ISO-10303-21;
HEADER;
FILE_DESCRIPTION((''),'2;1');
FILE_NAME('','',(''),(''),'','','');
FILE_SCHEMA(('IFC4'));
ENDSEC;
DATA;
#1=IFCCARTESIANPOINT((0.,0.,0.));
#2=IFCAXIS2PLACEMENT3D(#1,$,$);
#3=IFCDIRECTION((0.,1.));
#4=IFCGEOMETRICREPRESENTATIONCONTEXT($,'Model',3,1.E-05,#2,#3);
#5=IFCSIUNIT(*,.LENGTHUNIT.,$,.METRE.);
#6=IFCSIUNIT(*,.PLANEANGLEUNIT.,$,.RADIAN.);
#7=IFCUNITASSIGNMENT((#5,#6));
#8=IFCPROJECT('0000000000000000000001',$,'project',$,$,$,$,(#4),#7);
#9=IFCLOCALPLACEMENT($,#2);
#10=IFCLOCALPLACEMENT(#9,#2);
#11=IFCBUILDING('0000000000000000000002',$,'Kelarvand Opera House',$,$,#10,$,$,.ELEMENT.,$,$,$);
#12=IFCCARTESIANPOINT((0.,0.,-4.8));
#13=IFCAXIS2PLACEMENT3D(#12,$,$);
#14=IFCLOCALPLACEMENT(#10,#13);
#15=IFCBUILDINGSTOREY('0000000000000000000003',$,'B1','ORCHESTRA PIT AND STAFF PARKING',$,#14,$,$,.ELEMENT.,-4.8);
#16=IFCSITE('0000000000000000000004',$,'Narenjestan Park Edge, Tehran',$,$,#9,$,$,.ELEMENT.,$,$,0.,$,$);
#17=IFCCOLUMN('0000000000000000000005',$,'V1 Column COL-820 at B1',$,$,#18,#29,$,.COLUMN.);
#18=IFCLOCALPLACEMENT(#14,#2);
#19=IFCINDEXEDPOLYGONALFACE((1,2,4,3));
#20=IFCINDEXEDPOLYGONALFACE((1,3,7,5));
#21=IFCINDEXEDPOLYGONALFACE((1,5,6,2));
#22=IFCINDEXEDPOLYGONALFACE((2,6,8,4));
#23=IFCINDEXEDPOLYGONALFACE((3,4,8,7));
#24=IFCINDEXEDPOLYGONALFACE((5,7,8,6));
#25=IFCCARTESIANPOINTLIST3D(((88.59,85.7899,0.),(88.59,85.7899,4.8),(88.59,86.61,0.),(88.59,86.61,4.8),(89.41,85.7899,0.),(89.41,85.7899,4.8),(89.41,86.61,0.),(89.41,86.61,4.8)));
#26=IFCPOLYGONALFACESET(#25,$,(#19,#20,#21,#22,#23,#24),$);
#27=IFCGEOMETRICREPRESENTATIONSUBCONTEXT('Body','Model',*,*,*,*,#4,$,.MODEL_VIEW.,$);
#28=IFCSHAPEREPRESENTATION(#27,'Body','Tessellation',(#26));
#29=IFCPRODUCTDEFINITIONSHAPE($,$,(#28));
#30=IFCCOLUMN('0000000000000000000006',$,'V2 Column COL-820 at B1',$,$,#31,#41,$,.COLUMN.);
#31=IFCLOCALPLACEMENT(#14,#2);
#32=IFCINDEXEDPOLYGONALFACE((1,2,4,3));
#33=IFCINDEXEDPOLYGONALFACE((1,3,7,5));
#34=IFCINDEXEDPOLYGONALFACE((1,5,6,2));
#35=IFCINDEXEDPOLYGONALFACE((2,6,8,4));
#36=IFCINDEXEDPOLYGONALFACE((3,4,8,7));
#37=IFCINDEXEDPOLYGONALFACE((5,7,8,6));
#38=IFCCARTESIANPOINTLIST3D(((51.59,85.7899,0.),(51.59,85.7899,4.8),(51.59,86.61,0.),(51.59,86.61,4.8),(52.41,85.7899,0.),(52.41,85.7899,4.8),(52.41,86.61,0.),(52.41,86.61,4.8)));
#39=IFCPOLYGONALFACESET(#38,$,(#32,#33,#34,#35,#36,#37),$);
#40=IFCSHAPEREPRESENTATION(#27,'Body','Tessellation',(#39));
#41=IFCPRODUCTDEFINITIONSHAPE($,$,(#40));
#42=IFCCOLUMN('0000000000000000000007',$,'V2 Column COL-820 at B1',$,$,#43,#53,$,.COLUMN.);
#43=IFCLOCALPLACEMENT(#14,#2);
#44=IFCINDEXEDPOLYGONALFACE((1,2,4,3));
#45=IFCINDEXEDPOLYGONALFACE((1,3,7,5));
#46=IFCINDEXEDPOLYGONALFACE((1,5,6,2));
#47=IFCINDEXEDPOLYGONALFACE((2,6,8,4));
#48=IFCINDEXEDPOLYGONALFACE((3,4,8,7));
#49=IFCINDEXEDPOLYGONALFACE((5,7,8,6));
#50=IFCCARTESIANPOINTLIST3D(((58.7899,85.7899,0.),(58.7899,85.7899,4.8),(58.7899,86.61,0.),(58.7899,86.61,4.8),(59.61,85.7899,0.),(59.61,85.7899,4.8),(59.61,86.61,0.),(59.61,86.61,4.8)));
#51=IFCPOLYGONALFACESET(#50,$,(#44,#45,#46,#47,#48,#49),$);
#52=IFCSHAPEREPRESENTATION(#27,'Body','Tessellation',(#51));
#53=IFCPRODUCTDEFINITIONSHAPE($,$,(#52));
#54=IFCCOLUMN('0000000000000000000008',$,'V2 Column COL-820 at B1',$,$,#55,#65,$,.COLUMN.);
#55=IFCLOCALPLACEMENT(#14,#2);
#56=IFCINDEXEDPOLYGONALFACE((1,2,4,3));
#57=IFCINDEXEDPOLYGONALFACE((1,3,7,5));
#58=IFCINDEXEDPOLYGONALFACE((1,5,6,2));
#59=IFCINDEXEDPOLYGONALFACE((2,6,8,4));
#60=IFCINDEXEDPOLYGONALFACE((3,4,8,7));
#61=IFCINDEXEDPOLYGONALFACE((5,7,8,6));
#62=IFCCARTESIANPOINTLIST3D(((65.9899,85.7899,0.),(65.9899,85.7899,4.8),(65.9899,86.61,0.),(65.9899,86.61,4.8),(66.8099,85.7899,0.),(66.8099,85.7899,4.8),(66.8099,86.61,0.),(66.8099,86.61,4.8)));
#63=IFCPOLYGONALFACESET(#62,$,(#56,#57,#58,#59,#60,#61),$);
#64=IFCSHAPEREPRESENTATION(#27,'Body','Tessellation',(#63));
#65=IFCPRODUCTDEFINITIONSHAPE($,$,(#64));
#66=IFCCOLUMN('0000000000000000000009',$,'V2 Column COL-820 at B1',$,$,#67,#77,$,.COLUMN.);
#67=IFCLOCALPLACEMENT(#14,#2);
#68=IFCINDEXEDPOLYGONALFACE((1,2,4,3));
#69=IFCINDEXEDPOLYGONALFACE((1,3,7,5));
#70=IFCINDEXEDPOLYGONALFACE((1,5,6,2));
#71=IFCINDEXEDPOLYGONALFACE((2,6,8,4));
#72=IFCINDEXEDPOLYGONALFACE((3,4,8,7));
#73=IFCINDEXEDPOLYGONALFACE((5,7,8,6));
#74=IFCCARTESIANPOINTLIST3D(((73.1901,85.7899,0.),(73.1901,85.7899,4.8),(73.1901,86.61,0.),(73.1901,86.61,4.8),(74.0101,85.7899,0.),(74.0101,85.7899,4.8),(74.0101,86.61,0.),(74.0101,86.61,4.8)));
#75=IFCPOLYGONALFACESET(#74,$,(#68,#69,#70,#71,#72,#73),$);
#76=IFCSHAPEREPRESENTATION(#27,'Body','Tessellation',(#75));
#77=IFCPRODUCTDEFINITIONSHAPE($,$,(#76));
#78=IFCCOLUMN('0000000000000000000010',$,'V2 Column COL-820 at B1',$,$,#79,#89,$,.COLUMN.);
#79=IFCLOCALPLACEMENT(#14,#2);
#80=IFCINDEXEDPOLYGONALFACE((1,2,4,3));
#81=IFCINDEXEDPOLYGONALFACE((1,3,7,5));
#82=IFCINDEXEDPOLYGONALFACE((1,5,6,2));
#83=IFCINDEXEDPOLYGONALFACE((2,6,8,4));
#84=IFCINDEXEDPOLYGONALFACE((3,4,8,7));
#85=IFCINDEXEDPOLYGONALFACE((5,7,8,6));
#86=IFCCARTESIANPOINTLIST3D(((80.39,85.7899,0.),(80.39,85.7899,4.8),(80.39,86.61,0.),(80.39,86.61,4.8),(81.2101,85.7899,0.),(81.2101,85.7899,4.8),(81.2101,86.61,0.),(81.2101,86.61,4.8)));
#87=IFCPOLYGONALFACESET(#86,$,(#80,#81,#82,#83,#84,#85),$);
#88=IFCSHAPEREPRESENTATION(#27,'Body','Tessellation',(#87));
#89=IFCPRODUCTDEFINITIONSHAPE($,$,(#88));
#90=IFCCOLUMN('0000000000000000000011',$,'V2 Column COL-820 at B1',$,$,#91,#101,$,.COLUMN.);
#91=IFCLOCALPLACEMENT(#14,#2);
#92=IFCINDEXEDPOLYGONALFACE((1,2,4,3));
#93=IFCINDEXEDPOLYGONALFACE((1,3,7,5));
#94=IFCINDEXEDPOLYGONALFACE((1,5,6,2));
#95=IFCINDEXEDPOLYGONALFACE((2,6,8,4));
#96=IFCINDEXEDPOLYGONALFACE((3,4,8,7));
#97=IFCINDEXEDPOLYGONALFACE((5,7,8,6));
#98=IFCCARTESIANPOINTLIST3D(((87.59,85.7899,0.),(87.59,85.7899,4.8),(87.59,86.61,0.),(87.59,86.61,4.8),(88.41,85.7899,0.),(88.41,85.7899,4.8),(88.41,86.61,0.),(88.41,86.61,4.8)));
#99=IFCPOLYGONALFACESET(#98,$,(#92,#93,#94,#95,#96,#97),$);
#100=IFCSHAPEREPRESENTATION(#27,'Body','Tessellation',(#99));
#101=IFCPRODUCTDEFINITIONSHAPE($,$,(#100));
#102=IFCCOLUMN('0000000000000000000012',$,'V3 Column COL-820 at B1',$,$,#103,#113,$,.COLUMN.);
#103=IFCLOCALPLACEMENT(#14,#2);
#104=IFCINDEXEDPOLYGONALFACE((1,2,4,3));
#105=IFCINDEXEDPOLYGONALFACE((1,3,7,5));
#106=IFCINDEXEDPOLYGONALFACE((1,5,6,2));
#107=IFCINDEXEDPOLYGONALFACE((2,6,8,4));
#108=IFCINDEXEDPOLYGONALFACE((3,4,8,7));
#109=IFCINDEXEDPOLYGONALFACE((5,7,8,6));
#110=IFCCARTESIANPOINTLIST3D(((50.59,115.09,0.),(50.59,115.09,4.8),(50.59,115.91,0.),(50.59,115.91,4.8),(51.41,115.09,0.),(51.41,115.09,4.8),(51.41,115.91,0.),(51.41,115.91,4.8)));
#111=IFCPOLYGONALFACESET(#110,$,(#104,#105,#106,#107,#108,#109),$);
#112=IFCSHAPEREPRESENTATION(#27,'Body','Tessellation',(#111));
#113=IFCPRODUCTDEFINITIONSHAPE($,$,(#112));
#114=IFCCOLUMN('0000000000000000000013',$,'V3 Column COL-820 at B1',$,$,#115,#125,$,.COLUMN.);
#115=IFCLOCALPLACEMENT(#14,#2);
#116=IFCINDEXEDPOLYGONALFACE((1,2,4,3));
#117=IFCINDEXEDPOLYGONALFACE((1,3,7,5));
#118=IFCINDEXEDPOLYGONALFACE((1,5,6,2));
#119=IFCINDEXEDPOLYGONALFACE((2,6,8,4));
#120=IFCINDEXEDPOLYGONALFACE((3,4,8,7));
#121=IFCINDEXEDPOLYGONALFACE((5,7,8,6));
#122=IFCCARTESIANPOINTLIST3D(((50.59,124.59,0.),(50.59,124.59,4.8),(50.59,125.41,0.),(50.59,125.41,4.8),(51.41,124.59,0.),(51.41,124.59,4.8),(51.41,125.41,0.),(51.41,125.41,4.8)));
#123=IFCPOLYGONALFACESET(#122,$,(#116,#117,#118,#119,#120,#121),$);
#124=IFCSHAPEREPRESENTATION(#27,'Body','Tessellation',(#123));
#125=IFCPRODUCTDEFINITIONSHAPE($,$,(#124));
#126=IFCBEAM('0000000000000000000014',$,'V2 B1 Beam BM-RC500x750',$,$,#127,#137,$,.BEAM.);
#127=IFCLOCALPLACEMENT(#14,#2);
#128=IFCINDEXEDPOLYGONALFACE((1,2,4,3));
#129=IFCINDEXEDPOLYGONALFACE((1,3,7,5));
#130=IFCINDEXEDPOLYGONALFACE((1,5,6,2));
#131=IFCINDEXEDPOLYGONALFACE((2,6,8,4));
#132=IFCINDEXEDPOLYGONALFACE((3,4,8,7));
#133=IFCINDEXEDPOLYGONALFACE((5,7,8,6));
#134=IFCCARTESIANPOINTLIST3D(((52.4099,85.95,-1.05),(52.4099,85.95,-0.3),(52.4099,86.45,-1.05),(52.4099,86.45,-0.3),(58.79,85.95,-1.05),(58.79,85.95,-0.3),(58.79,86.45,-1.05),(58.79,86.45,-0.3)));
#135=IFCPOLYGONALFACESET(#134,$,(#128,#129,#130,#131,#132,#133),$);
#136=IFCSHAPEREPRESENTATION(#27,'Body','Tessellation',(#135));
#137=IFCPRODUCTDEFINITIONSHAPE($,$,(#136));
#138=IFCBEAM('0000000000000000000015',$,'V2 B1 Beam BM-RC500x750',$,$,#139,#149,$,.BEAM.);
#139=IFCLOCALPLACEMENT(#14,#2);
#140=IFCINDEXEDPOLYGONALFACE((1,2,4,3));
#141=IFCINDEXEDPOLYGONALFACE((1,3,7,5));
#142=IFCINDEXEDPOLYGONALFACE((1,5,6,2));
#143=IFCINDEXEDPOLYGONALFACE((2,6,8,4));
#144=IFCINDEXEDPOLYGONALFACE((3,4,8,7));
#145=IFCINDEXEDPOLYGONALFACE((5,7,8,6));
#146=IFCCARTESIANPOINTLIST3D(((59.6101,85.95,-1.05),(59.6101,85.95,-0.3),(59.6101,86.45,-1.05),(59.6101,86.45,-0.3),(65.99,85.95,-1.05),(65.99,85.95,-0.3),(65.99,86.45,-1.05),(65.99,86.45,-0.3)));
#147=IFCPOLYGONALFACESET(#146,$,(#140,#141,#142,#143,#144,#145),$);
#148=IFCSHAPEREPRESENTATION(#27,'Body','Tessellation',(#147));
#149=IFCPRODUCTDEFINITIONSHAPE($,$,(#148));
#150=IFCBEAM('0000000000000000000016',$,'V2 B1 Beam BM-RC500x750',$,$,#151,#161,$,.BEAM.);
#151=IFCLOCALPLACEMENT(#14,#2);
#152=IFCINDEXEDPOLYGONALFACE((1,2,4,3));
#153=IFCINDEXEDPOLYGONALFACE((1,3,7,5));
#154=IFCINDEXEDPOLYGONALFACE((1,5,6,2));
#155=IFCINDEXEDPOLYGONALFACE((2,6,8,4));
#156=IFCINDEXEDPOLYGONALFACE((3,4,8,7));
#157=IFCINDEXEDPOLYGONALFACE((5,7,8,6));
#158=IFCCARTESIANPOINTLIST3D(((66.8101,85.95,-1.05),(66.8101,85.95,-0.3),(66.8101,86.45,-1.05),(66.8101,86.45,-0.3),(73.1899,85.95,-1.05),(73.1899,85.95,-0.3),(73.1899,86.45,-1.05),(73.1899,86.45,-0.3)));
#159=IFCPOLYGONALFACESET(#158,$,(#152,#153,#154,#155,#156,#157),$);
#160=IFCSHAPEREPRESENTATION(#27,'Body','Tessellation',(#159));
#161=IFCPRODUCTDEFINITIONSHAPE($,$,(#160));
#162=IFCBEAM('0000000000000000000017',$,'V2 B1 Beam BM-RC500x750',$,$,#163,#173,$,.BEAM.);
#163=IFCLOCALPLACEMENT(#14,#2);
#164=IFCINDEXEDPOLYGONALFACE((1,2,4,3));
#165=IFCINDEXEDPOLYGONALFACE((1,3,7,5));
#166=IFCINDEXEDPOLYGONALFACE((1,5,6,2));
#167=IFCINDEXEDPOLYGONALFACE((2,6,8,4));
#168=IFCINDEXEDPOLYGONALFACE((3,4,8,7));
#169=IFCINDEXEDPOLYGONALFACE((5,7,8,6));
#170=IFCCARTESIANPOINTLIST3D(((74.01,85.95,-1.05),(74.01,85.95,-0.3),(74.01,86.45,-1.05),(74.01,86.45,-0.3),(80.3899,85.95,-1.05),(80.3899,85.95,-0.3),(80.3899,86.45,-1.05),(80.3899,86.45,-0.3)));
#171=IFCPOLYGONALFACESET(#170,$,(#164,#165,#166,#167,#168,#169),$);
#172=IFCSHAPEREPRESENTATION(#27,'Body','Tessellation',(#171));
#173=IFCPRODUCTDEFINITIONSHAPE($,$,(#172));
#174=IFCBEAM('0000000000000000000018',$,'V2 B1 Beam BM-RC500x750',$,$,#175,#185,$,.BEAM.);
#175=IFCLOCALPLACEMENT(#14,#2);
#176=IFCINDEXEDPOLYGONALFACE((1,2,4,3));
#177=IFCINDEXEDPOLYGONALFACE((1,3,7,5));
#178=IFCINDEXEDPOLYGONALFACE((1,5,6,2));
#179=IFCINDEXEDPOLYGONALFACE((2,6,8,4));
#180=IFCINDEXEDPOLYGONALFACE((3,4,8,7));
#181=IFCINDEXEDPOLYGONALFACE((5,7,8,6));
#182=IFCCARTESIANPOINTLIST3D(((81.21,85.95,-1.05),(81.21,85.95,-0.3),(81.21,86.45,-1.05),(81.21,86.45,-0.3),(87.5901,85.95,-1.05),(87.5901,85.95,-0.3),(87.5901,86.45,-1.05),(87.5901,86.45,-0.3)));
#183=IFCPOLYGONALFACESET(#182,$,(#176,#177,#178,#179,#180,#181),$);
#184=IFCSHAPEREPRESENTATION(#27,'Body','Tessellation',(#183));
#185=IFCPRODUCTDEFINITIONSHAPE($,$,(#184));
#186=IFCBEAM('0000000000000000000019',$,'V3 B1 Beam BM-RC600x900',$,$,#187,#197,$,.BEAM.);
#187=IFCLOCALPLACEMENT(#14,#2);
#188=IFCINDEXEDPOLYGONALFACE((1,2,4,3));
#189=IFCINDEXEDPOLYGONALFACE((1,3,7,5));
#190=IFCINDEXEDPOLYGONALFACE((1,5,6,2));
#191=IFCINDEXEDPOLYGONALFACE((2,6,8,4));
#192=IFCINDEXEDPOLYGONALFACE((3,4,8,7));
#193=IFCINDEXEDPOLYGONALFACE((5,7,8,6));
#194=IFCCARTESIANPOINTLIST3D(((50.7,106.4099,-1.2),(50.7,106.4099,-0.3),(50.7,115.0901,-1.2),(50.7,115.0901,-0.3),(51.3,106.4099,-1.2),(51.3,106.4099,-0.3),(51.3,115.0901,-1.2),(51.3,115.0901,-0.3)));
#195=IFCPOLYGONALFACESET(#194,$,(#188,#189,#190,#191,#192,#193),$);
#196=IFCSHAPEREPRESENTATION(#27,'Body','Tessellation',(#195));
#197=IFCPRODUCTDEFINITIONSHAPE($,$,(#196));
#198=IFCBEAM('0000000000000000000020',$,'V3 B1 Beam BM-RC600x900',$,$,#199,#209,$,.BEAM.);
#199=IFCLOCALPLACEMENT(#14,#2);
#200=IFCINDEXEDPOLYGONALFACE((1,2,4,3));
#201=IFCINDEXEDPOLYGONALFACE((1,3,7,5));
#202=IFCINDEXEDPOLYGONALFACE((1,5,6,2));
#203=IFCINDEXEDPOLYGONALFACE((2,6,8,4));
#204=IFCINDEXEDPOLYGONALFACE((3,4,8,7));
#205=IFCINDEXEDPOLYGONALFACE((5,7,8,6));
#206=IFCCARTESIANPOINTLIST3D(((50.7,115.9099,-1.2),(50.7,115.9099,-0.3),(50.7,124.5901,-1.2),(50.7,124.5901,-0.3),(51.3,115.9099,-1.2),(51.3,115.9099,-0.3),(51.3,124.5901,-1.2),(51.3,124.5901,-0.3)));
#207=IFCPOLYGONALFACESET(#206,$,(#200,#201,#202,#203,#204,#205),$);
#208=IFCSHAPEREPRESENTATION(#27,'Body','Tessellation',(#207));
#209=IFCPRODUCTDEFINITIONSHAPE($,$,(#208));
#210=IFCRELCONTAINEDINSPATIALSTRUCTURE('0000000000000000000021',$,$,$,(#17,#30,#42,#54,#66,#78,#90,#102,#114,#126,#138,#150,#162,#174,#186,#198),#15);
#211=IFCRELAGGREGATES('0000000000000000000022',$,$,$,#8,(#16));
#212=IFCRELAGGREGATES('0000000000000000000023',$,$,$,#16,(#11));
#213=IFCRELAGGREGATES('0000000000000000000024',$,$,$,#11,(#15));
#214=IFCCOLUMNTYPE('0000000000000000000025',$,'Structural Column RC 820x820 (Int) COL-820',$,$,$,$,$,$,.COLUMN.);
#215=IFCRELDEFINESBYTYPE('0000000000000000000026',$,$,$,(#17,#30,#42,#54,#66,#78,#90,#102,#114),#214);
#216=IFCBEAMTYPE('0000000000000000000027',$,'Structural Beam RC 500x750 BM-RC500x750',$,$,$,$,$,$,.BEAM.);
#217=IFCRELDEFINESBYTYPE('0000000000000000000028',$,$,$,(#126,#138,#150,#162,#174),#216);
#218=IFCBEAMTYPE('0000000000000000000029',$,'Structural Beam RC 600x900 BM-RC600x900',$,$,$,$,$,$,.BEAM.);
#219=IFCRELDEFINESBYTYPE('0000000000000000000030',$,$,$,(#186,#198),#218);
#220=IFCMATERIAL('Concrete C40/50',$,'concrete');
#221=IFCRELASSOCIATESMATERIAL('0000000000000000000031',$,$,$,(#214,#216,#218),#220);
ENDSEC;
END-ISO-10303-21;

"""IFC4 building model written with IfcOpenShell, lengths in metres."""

from ifc_helpers import new_model, si_unit, direction, frame, origin, origin_2d, place, context, subcontext, project, spatial, rectangle, extrude, material, material_profile, profile_set, type_object, element, save


model = new_model("IFC4")

# Units and contexts
model_context = context("Model", 3, precision=1e-05, world=origin(), true_north=direction((0.0, 1.0)))
body_context = subcontext(model_context, "Body", "Model", "MODEL_VIEW")
ifc_project = project(units=[si_unit("LENGTHUNIT", "METRE"), si_unit("PLANEANGLEUNIT", "RADIAN")], contexts=[model_context])

# Site, building, storey
site_placement = place(None, origin())
site = spatial("IfcSite", under=ifc_project, at=site_placement, Name="Narenjestan Park Edge, Tehran", CompositionType="ELEMENT", RefElevation=0.0)
building_placement = place(site_placement, origin())
building = spatial("IfcBuilding", under=site, at=building_placement, Name="Kelarvand Opera House", CompositionType="ELEMENT")
storey_placement = place(building_placement, frame((0.0, 0.0, -4.8)))
storey = spatial("IfcBuildingStorey", under=building, at=storey_placement, Name="B1", Description="ORCHESTRA PIT AND STAFF PARKING", CompositionType="ELEMENT", Elevation=-4.8)

# Columns
ifc_material_1 = material(Name="Concrete C40/50", Category="concrete")
ifc_material_profile_1 = material_profile(ifc_material_1, rectangle(XDim=0.8201, YDim=0.8201, at=origin_2d()), Name="RC 820x820", Category="concrete")
ifc_profile_set_1 = profile_set([ifc_material_profile_1], Name="Concrete C40/50")
column_type = type_object("IfcColumnType", Name="Structural Column RC 820x820 (Int) COL-820", PredefinedType="COLUMN", material=ifc_profile_set_1)
for number, where, z_axis, x_axis, name in (
    (1, (89.0, 86.2, 0.0), (0.0, 0.0, 1.0), (1.0, 0.0, 0.0), "V1 Column COL-820 at B1"),
    (2, (52.0, 86.2, 0.0), (0.0, 0.0, 1.0), (1.0, 0.0, 0.0), "V2 Column COL-820 at B1"),
    (3, (59.2, 86.2, 0.0), (0.0, 0.0, 1.0), (1.0, 0.0, 0.0), "V2 Column COL-820 at B1"),
    (4, (66.3999, 86.2, 0.0), (0.0, 0.0, 1.0), (1.0, 0.0, 0.0), "V2 Column COL-820 at B1"),
    (5, (73.6001, 86.2, 0.0), (0.0, 0.0, 1.0), (1.0, 0.0, 0.0), "V2 Column COL-820 at B1"),
    (6, (80.8, 86.2, 0.0), (0.0, 0.0, 1.0), (1.0, 0.0, 0.0), "V2 Column COL-820 at B1"),
    (7, (88.0, 86.2, 0.0), (0.0, 0.0, 1.0), (1.0, 0.0, 0.0), "V2 Column COL-820 at B1"),
    (8, (51.0, 115.5, 0.0), (0.0, 0.0, 1.0), (1.0, 0.0, 0.0), "V3 Column COL-820 at B1"),
    (9, (51.0, 125.0, 0.0), (0.0, 0.0, 1.0), (1.0, 0.0, 0.0), "V3 Column COL-820 at B1"),
):
    element("IfcColumn", number, at=place(storey_placement, frame(where, z_axis=z_axis, x_axis=x_axis)), inside=storey, type_object=column_type, Name=name, PredefinedType="COLUMN", context=body_context, shape_type="SweptSolid", body=[
        extrude(rectangle(XDim=0.8201, YDim=0.8201, at=origin_2d()), origin(), (0.0, 0.0, 1.0), 4.8),
    ])

# Beams
ifc_material_profile_2 = material_profile(ifc_material_1, rectangle(XDim=0.5, YDim=0.75, at=origin_2d()), Name="RC 500x750", Category="concrete")
ifc_profile_set_2 = profile_set([ifc_material_profile_2], Name="Concrete C40/50")
beam_type_1 = type_object("IfcBeamType", Name="Structural Beam RC 500x750 BM-RC500x750", PredefinedType="BEAM", material=ifc_profile_set_2)
beam_1_placement = place(storey_placement, frame((52.4099, 86.2, -0.675), z_axis=(1.0, 0.0, 0.0), x_axis=(0.0, 1.0, 0.0)))
element("IfcBeam", 10, at=beam_1_placement, inside=storey, type_object=beam_type_1, Name="V2 B1 Beam BM-RC500x750", PredefinedType="BEAM", context=body_context, shape_type="SweptSolid", body=[
    extrude(rectangle(XDim=0.5, YDim=0.75, at=origin_2d()), origin(), (0.0, 0.0, 1.0), 6.3801),
])
for number, where, z_axis, x_axis, name in (
    (11, (59.6101, 86.2, -0.675), (1.0, 0.0, 0.0), (0.0, 1.0, 0.0), "V2 B1 Beam BM-RC500x750"),
    (12, (66.8101, 86.2, -0.675), (1.0, 0.0, 0.0), (0.0, 1.0, 0.0), "V2 B1 Beam BM-RC500x750"),
    (13, (74.01, 86.2, -0.675), (1.0, 0.0, 0.0), (0.0, 1.0, 0.0), "V2 B1 Beam BM-RC500x750"),
):
    element("IfcBeam", number, at=place(storey_placement, frame(where, z_axis=z_axis, x_axis=x_axis)), inside=storey, type_object=beam_type_1, Name=name, PredefinedType="BEAM", context=body_context, shape_type="SweptSolid", body=[
        extrude(rectangle(XDim=0.5, YDim=0.75, at=origin_2d()), origin(), (0.0, 0.0, 1.0), 6.3799),
    ])
beam_2_placement = place(storey_placement, frame((81.21, 86.2, -0.675), z_axis=(1.0, 0.0, 0.0), x_axis=(0.0, 1.0, 0.0)))
element("IfcBeam", 14, at=beam_2_placement, inside=storey, type_object=beam_type_1, Name="V2 B1 Beam BM-RC500x750", PredefinedType="BEAM", context=body_context, shape_type="SweptSolid", body=[
    extrude(rectangle(XDim=0.5, YDim=0.75, at=origin_2d()), origin(), (0.0, 0.0, 1.0), 6.3801),
])
ifc_material_profile_3 = material_profile(ifc_material_1, rectangle(XDim=0.6001, YDim=0.8999, at=origin_2d()), Name="RC 600x900", Category="concrete")
ifc_profile_set_3 = profile_set([ifc_material_profile_3], Name="Concrete C40/50")
beam_type_2 = type_object("IfcBeamType", Name="Structural Beam RC 600x900 BM-RC600x900", PredefinedType="BEAM", material=ifc_profile_set_3)
for number, where, z_axis, x_axis, name in (
    (15, (51.0, 106.4099, -0.75), (0.0, 1.0, 0.0), (-1.0, 0.0, 0.0), "V3 B1 Beam BM-RC600x900"),
    (16, (51.0, 115.9099, -0.75), (0.0, 1.0, 0.0), (-1.0, 0.0, 0.0), "V3 B1 Beam BM-RC600x900"),
):
    element("IfcBeam", number, at=place(storey_placement, frame(where, z_axis=z_axis, x_axis=x_axis)), inside=storey, type_object=beam_type_2, Name=name, PredefinedType="BEAM", context=body_context, shape_type="SweptSolid", body=[
        extrude(rectangle(XDim=0.6001, YDim=0.8999, at=origin_2d()), origin(), (0.0, 0.0, 1.0), 8.6802),
    ])

save(model, "model.ifc")
